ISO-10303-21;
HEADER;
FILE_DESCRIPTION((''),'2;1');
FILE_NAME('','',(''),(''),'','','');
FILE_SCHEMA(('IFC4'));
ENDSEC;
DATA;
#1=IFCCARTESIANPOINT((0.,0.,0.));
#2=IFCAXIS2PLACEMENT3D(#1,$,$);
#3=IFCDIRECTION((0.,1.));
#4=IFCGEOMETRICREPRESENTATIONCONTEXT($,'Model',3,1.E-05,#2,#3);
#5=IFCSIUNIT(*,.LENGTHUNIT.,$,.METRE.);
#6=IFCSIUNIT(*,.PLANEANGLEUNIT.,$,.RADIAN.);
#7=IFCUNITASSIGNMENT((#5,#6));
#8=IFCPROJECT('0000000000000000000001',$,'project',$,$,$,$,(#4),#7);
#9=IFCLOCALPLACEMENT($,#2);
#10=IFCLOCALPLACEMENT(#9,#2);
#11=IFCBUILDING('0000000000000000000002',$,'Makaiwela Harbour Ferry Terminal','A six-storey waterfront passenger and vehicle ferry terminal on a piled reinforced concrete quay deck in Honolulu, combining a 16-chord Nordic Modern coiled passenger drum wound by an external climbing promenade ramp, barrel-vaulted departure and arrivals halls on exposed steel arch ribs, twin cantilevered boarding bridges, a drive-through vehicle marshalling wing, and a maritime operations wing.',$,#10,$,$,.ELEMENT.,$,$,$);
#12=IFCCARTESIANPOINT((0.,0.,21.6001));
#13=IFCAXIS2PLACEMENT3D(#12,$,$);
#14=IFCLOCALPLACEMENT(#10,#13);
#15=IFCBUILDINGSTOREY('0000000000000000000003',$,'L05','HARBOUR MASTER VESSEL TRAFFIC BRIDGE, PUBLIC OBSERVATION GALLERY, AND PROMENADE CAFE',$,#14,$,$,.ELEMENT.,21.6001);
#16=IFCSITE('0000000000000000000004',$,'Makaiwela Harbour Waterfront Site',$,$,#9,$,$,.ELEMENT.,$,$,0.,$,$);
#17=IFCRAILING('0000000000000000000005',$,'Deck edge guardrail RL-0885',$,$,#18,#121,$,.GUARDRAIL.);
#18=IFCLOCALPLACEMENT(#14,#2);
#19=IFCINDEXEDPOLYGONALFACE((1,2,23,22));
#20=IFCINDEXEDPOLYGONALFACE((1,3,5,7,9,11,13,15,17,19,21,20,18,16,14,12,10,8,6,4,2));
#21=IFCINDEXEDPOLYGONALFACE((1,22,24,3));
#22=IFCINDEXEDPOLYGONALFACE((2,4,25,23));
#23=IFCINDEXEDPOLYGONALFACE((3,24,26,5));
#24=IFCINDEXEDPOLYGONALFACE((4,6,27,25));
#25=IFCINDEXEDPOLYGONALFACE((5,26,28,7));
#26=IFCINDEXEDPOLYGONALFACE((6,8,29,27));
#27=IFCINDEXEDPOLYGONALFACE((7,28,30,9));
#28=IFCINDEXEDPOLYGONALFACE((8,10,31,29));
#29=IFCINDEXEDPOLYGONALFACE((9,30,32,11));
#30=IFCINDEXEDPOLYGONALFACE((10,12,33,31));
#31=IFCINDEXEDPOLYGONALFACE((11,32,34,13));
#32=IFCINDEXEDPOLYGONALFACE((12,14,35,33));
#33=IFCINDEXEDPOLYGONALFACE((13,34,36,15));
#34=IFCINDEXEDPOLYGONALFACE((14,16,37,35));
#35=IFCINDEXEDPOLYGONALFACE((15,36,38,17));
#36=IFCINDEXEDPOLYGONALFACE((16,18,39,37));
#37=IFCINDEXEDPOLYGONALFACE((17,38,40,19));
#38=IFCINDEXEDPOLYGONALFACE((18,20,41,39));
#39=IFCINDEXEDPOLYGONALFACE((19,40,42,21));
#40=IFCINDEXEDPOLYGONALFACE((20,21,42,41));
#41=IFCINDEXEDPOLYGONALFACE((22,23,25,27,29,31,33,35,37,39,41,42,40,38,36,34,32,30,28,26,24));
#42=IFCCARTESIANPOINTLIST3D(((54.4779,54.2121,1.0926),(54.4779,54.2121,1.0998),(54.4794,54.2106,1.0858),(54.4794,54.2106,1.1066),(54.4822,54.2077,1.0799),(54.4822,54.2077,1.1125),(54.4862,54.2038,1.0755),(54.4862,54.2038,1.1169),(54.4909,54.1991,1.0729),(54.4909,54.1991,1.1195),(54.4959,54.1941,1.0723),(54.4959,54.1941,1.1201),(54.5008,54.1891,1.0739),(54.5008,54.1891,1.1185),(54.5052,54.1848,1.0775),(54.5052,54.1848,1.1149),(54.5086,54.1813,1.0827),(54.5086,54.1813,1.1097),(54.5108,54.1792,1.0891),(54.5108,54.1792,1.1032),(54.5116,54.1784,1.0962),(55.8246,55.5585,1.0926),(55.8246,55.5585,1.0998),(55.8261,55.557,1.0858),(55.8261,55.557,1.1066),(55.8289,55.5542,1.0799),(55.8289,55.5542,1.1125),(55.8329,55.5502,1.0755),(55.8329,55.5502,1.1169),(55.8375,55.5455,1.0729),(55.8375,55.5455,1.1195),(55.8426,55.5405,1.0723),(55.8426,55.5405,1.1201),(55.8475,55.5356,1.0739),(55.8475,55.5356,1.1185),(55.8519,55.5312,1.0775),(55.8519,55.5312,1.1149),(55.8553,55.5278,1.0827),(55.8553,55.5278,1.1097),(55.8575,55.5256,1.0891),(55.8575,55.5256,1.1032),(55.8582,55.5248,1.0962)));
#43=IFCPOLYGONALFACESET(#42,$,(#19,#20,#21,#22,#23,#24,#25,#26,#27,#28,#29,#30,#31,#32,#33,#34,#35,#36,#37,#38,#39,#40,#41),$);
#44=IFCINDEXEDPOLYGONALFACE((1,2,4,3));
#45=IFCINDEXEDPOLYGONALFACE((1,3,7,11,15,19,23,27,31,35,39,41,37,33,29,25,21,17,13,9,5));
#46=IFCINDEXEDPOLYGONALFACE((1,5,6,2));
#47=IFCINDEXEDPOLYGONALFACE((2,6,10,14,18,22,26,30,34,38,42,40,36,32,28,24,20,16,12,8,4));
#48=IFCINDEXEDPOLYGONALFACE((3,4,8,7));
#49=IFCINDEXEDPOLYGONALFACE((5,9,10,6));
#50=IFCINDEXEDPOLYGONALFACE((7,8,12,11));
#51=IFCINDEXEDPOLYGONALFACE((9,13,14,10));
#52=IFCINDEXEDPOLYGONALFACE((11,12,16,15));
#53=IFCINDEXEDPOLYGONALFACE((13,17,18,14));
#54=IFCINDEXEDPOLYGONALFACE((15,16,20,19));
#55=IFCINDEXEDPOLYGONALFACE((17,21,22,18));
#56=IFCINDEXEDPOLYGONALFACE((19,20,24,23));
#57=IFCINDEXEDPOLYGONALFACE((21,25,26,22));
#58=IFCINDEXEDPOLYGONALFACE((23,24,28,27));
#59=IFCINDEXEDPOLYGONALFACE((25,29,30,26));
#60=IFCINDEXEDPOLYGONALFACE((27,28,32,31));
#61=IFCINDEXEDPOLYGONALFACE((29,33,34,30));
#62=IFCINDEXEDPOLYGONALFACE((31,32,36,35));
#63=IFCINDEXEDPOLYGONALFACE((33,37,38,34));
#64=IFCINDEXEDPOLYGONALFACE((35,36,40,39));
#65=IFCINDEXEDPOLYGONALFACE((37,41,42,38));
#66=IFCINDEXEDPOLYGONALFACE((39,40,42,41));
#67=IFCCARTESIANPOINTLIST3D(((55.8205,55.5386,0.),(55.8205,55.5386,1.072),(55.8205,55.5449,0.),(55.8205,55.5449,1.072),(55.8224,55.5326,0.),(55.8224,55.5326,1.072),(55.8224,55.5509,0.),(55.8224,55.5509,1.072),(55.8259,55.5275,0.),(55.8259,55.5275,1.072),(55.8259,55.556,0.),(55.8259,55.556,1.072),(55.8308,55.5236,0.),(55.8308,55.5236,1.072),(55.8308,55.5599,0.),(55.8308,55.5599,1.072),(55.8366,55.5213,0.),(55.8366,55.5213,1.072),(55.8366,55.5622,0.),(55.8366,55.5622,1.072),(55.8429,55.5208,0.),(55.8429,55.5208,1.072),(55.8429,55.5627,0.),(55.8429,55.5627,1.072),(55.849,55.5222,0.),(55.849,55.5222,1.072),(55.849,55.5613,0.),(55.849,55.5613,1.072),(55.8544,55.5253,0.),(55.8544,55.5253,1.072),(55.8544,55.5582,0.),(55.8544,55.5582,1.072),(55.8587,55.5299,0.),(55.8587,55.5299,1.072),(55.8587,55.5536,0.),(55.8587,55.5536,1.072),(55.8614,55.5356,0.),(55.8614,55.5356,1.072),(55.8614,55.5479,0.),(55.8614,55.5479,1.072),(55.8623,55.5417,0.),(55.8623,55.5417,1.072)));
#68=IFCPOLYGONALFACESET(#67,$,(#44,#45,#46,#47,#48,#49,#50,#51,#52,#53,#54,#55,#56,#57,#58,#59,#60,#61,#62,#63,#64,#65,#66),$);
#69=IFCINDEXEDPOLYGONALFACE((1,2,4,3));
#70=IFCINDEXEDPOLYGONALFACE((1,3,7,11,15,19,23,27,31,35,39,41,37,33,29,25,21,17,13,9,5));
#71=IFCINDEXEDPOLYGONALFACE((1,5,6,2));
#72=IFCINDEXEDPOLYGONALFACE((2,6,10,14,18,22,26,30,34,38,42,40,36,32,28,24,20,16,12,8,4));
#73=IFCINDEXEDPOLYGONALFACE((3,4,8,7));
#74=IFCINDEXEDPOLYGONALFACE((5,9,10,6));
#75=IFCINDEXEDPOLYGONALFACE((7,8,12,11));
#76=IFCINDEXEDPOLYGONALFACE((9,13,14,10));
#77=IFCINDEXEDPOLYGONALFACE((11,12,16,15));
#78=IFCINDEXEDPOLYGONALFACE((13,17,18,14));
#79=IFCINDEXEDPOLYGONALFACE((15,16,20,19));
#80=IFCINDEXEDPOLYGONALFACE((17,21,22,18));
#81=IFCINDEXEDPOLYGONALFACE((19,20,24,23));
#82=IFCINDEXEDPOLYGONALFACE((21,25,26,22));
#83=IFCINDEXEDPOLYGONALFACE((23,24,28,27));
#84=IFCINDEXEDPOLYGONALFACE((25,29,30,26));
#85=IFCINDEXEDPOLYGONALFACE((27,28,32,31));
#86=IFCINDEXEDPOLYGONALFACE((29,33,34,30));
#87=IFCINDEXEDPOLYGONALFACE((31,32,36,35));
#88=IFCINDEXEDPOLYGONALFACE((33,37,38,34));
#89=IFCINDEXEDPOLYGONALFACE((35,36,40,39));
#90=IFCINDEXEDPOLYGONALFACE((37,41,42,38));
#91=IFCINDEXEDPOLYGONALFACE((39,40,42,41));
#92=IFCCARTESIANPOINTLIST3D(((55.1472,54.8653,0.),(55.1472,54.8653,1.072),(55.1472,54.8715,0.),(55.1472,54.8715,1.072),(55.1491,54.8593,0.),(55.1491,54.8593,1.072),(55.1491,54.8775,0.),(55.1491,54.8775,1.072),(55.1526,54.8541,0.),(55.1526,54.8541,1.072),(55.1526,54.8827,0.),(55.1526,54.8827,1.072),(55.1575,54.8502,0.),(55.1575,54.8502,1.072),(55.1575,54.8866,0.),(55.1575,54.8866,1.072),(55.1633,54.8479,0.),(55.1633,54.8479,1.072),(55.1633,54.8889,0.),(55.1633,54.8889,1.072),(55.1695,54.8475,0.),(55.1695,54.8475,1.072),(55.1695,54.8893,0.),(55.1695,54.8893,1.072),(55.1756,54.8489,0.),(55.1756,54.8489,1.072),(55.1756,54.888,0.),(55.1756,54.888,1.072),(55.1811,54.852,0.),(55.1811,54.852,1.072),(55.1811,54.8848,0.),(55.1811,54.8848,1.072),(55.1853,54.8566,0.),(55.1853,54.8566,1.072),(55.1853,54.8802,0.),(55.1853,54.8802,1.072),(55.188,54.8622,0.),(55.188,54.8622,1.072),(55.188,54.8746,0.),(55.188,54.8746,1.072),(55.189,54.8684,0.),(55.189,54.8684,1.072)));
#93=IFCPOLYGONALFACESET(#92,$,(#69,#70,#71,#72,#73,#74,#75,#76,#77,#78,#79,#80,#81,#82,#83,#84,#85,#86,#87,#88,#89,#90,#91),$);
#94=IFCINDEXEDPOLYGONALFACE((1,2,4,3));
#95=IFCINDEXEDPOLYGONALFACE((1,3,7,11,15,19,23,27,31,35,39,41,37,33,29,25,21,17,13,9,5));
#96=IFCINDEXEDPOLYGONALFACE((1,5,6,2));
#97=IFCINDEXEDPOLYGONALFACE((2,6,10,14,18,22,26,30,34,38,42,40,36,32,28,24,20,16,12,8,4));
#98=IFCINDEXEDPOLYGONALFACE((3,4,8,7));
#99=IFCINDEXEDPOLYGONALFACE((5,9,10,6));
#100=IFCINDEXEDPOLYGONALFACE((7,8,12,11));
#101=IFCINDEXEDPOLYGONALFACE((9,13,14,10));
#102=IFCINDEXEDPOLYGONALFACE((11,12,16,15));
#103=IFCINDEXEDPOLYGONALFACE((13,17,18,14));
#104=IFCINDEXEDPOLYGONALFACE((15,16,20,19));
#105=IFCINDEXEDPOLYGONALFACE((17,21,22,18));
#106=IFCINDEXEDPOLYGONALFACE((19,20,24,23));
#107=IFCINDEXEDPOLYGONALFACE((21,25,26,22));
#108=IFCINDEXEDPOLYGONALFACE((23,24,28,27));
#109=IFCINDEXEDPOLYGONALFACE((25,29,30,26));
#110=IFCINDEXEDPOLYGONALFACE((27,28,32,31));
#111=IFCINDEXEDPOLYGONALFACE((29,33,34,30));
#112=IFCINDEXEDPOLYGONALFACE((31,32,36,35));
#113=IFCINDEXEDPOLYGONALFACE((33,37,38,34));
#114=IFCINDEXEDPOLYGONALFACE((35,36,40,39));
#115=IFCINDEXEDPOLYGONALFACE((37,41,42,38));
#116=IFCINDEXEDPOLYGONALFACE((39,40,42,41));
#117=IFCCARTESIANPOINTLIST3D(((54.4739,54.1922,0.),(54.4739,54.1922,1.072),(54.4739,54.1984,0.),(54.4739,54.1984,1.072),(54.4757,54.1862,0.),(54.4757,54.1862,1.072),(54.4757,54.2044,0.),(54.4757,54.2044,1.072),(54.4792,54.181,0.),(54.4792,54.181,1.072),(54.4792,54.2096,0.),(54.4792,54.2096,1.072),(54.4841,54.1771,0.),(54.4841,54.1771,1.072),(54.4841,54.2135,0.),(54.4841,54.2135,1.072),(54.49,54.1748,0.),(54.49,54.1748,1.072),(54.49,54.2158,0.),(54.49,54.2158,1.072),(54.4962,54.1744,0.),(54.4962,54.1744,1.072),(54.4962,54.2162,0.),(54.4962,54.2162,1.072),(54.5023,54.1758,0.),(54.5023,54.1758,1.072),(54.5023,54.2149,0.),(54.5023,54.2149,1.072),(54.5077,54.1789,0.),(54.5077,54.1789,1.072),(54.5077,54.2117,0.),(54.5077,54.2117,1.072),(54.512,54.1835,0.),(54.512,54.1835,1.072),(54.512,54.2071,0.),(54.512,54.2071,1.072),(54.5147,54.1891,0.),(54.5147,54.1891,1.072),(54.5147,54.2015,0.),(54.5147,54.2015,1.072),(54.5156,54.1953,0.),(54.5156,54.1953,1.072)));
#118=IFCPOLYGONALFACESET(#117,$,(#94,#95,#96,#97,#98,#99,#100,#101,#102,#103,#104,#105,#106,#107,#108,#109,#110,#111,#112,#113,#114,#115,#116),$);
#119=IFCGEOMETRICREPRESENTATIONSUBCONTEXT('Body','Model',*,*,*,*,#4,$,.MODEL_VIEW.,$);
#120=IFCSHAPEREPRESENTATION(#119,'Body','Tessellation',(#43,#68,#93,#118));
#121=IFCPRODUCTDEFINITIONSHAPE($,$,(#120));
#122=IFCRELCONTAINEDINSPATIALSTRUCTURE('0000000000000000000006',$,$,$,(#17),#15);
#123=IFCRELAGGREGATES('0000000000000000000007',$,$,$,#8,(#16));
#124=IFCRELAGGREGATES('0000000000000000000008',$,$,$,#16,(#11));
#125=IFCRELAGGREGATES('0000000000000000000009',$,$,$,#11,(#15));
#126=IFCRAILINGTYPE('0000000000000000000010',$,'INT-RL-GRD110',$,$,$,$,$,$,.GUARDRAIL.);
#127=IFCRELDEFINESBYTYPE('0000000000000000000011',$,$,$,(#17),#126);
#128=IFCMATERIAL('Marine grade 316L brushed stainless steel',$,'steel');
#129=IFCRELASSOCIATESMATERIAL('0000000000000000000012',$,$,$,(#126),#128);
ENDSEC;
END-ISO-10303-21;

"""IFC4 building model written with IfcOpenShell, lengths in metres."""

from ifc_helpers import new_model, si_unit, direction, frame, origin, origin_2d, place, context, subcontext, project, spatial, circle, extrude, material, type_object, element, save


model = new_model("IFC4")

# Units and contexts
model_context = context("Model", 3, precision=1e-05, world=origin(), true_north=direction((0.0, 1.0)))
body_context = subcontext(model_context, "Body", "Model", "MODEL_VIEW")
ifc_project = project(units=[si_unit("LENGTHUNIT", "METRE"), si_unit("PLANEANGLEUNIT", "RADIAN")], contexts=[model_context])

# Site, building, storey
site_placement = place(None, origin())
site = spatial("IfcSite", under=ifc_project, at=site_placement, Name="Makaiwela Harbour Waterfront Site", CompositionType="ELEMENT", RefElevation=0.0)
building_placement = place(site_placement, origin())
building = spatial("IfcBuilding", under=site, at=building_placement, Name="Makaiwela Harbour Ferry Terminal", Description="A six-storey waterfront passenger and vehicle ferry terminal on a piled reinforced concrete quay deck in Honolulu, combining a 16-chord Nordic Modern coiled passenger drum wound by an external climbing promenade ramp, barrel-vaulted departure and arrivals halls on exposed steel arch ribs, twin cantilevered boarding bridges, a drive-through vehicle marshalling wing, and a maritime operations wing.", CompositionType="ELEMENT")
storey_placement = place(building_placement, frame((0.0, 0.0, 21.6001)))
storey = spatial("IfcBuildingStorey", under=building, at=storey_placement, Name="L05", Description="HARBOUR MASTER VESSEL TRAFFIC BRIDGE, PUBLIC OBSERVATION GALLERY, AND PROMENADE CAFE", CompositionType="ELEMENT", Elevation=21.6001)

# Railing
ifc_material_1 = material(Name="Marine grade 316L brushed stainless steel", Category="steel")
railing_type = type_object("IfcRailingType", Name="INT-RL-GRD110", PredefinedType="GUARDRAIL", material=ifc_material_1)
railing_1_placement = place(storey_placement, frame((55.8413, 55.5417, 0.0)))
element("IfcRailing", 1, at=railing_1_placement, inside=storey, type_object=railing_type, Name="Deck edge guardrail RL-0885", PredefinedType="GUARDRAIL", context=body_context, shape_type="SweptSolid", body=[
    extrude(circle(Radius=0.0239, at=origin_2d()), frame((0.0, 0.0, 1.0962), z_axis=(-0.707171, -0.707043, 0.0), x_axis=(0.707043, -0.707171, 0.0)), (0.0, 0.0, 1.0), 1.9043),
    extrude(circle(Radius=0.021, at=origin_2d()), origin(), (0.0, 0.0, 1.0), 1.072),
    extrude(circle(Radius=0.021, at=origin_2d()), frame((-0.6733, -0.6733, 0.0)), (0.0, 0.0, 1.0), 1.072),
    extrude(circle(Radius=0.021, at=origin_2d()), frame((-1.3467, -1.3464, 0.0)), (0.0, 0.0, 1.0), 1.072),
])

save(model, "model.ifc")
